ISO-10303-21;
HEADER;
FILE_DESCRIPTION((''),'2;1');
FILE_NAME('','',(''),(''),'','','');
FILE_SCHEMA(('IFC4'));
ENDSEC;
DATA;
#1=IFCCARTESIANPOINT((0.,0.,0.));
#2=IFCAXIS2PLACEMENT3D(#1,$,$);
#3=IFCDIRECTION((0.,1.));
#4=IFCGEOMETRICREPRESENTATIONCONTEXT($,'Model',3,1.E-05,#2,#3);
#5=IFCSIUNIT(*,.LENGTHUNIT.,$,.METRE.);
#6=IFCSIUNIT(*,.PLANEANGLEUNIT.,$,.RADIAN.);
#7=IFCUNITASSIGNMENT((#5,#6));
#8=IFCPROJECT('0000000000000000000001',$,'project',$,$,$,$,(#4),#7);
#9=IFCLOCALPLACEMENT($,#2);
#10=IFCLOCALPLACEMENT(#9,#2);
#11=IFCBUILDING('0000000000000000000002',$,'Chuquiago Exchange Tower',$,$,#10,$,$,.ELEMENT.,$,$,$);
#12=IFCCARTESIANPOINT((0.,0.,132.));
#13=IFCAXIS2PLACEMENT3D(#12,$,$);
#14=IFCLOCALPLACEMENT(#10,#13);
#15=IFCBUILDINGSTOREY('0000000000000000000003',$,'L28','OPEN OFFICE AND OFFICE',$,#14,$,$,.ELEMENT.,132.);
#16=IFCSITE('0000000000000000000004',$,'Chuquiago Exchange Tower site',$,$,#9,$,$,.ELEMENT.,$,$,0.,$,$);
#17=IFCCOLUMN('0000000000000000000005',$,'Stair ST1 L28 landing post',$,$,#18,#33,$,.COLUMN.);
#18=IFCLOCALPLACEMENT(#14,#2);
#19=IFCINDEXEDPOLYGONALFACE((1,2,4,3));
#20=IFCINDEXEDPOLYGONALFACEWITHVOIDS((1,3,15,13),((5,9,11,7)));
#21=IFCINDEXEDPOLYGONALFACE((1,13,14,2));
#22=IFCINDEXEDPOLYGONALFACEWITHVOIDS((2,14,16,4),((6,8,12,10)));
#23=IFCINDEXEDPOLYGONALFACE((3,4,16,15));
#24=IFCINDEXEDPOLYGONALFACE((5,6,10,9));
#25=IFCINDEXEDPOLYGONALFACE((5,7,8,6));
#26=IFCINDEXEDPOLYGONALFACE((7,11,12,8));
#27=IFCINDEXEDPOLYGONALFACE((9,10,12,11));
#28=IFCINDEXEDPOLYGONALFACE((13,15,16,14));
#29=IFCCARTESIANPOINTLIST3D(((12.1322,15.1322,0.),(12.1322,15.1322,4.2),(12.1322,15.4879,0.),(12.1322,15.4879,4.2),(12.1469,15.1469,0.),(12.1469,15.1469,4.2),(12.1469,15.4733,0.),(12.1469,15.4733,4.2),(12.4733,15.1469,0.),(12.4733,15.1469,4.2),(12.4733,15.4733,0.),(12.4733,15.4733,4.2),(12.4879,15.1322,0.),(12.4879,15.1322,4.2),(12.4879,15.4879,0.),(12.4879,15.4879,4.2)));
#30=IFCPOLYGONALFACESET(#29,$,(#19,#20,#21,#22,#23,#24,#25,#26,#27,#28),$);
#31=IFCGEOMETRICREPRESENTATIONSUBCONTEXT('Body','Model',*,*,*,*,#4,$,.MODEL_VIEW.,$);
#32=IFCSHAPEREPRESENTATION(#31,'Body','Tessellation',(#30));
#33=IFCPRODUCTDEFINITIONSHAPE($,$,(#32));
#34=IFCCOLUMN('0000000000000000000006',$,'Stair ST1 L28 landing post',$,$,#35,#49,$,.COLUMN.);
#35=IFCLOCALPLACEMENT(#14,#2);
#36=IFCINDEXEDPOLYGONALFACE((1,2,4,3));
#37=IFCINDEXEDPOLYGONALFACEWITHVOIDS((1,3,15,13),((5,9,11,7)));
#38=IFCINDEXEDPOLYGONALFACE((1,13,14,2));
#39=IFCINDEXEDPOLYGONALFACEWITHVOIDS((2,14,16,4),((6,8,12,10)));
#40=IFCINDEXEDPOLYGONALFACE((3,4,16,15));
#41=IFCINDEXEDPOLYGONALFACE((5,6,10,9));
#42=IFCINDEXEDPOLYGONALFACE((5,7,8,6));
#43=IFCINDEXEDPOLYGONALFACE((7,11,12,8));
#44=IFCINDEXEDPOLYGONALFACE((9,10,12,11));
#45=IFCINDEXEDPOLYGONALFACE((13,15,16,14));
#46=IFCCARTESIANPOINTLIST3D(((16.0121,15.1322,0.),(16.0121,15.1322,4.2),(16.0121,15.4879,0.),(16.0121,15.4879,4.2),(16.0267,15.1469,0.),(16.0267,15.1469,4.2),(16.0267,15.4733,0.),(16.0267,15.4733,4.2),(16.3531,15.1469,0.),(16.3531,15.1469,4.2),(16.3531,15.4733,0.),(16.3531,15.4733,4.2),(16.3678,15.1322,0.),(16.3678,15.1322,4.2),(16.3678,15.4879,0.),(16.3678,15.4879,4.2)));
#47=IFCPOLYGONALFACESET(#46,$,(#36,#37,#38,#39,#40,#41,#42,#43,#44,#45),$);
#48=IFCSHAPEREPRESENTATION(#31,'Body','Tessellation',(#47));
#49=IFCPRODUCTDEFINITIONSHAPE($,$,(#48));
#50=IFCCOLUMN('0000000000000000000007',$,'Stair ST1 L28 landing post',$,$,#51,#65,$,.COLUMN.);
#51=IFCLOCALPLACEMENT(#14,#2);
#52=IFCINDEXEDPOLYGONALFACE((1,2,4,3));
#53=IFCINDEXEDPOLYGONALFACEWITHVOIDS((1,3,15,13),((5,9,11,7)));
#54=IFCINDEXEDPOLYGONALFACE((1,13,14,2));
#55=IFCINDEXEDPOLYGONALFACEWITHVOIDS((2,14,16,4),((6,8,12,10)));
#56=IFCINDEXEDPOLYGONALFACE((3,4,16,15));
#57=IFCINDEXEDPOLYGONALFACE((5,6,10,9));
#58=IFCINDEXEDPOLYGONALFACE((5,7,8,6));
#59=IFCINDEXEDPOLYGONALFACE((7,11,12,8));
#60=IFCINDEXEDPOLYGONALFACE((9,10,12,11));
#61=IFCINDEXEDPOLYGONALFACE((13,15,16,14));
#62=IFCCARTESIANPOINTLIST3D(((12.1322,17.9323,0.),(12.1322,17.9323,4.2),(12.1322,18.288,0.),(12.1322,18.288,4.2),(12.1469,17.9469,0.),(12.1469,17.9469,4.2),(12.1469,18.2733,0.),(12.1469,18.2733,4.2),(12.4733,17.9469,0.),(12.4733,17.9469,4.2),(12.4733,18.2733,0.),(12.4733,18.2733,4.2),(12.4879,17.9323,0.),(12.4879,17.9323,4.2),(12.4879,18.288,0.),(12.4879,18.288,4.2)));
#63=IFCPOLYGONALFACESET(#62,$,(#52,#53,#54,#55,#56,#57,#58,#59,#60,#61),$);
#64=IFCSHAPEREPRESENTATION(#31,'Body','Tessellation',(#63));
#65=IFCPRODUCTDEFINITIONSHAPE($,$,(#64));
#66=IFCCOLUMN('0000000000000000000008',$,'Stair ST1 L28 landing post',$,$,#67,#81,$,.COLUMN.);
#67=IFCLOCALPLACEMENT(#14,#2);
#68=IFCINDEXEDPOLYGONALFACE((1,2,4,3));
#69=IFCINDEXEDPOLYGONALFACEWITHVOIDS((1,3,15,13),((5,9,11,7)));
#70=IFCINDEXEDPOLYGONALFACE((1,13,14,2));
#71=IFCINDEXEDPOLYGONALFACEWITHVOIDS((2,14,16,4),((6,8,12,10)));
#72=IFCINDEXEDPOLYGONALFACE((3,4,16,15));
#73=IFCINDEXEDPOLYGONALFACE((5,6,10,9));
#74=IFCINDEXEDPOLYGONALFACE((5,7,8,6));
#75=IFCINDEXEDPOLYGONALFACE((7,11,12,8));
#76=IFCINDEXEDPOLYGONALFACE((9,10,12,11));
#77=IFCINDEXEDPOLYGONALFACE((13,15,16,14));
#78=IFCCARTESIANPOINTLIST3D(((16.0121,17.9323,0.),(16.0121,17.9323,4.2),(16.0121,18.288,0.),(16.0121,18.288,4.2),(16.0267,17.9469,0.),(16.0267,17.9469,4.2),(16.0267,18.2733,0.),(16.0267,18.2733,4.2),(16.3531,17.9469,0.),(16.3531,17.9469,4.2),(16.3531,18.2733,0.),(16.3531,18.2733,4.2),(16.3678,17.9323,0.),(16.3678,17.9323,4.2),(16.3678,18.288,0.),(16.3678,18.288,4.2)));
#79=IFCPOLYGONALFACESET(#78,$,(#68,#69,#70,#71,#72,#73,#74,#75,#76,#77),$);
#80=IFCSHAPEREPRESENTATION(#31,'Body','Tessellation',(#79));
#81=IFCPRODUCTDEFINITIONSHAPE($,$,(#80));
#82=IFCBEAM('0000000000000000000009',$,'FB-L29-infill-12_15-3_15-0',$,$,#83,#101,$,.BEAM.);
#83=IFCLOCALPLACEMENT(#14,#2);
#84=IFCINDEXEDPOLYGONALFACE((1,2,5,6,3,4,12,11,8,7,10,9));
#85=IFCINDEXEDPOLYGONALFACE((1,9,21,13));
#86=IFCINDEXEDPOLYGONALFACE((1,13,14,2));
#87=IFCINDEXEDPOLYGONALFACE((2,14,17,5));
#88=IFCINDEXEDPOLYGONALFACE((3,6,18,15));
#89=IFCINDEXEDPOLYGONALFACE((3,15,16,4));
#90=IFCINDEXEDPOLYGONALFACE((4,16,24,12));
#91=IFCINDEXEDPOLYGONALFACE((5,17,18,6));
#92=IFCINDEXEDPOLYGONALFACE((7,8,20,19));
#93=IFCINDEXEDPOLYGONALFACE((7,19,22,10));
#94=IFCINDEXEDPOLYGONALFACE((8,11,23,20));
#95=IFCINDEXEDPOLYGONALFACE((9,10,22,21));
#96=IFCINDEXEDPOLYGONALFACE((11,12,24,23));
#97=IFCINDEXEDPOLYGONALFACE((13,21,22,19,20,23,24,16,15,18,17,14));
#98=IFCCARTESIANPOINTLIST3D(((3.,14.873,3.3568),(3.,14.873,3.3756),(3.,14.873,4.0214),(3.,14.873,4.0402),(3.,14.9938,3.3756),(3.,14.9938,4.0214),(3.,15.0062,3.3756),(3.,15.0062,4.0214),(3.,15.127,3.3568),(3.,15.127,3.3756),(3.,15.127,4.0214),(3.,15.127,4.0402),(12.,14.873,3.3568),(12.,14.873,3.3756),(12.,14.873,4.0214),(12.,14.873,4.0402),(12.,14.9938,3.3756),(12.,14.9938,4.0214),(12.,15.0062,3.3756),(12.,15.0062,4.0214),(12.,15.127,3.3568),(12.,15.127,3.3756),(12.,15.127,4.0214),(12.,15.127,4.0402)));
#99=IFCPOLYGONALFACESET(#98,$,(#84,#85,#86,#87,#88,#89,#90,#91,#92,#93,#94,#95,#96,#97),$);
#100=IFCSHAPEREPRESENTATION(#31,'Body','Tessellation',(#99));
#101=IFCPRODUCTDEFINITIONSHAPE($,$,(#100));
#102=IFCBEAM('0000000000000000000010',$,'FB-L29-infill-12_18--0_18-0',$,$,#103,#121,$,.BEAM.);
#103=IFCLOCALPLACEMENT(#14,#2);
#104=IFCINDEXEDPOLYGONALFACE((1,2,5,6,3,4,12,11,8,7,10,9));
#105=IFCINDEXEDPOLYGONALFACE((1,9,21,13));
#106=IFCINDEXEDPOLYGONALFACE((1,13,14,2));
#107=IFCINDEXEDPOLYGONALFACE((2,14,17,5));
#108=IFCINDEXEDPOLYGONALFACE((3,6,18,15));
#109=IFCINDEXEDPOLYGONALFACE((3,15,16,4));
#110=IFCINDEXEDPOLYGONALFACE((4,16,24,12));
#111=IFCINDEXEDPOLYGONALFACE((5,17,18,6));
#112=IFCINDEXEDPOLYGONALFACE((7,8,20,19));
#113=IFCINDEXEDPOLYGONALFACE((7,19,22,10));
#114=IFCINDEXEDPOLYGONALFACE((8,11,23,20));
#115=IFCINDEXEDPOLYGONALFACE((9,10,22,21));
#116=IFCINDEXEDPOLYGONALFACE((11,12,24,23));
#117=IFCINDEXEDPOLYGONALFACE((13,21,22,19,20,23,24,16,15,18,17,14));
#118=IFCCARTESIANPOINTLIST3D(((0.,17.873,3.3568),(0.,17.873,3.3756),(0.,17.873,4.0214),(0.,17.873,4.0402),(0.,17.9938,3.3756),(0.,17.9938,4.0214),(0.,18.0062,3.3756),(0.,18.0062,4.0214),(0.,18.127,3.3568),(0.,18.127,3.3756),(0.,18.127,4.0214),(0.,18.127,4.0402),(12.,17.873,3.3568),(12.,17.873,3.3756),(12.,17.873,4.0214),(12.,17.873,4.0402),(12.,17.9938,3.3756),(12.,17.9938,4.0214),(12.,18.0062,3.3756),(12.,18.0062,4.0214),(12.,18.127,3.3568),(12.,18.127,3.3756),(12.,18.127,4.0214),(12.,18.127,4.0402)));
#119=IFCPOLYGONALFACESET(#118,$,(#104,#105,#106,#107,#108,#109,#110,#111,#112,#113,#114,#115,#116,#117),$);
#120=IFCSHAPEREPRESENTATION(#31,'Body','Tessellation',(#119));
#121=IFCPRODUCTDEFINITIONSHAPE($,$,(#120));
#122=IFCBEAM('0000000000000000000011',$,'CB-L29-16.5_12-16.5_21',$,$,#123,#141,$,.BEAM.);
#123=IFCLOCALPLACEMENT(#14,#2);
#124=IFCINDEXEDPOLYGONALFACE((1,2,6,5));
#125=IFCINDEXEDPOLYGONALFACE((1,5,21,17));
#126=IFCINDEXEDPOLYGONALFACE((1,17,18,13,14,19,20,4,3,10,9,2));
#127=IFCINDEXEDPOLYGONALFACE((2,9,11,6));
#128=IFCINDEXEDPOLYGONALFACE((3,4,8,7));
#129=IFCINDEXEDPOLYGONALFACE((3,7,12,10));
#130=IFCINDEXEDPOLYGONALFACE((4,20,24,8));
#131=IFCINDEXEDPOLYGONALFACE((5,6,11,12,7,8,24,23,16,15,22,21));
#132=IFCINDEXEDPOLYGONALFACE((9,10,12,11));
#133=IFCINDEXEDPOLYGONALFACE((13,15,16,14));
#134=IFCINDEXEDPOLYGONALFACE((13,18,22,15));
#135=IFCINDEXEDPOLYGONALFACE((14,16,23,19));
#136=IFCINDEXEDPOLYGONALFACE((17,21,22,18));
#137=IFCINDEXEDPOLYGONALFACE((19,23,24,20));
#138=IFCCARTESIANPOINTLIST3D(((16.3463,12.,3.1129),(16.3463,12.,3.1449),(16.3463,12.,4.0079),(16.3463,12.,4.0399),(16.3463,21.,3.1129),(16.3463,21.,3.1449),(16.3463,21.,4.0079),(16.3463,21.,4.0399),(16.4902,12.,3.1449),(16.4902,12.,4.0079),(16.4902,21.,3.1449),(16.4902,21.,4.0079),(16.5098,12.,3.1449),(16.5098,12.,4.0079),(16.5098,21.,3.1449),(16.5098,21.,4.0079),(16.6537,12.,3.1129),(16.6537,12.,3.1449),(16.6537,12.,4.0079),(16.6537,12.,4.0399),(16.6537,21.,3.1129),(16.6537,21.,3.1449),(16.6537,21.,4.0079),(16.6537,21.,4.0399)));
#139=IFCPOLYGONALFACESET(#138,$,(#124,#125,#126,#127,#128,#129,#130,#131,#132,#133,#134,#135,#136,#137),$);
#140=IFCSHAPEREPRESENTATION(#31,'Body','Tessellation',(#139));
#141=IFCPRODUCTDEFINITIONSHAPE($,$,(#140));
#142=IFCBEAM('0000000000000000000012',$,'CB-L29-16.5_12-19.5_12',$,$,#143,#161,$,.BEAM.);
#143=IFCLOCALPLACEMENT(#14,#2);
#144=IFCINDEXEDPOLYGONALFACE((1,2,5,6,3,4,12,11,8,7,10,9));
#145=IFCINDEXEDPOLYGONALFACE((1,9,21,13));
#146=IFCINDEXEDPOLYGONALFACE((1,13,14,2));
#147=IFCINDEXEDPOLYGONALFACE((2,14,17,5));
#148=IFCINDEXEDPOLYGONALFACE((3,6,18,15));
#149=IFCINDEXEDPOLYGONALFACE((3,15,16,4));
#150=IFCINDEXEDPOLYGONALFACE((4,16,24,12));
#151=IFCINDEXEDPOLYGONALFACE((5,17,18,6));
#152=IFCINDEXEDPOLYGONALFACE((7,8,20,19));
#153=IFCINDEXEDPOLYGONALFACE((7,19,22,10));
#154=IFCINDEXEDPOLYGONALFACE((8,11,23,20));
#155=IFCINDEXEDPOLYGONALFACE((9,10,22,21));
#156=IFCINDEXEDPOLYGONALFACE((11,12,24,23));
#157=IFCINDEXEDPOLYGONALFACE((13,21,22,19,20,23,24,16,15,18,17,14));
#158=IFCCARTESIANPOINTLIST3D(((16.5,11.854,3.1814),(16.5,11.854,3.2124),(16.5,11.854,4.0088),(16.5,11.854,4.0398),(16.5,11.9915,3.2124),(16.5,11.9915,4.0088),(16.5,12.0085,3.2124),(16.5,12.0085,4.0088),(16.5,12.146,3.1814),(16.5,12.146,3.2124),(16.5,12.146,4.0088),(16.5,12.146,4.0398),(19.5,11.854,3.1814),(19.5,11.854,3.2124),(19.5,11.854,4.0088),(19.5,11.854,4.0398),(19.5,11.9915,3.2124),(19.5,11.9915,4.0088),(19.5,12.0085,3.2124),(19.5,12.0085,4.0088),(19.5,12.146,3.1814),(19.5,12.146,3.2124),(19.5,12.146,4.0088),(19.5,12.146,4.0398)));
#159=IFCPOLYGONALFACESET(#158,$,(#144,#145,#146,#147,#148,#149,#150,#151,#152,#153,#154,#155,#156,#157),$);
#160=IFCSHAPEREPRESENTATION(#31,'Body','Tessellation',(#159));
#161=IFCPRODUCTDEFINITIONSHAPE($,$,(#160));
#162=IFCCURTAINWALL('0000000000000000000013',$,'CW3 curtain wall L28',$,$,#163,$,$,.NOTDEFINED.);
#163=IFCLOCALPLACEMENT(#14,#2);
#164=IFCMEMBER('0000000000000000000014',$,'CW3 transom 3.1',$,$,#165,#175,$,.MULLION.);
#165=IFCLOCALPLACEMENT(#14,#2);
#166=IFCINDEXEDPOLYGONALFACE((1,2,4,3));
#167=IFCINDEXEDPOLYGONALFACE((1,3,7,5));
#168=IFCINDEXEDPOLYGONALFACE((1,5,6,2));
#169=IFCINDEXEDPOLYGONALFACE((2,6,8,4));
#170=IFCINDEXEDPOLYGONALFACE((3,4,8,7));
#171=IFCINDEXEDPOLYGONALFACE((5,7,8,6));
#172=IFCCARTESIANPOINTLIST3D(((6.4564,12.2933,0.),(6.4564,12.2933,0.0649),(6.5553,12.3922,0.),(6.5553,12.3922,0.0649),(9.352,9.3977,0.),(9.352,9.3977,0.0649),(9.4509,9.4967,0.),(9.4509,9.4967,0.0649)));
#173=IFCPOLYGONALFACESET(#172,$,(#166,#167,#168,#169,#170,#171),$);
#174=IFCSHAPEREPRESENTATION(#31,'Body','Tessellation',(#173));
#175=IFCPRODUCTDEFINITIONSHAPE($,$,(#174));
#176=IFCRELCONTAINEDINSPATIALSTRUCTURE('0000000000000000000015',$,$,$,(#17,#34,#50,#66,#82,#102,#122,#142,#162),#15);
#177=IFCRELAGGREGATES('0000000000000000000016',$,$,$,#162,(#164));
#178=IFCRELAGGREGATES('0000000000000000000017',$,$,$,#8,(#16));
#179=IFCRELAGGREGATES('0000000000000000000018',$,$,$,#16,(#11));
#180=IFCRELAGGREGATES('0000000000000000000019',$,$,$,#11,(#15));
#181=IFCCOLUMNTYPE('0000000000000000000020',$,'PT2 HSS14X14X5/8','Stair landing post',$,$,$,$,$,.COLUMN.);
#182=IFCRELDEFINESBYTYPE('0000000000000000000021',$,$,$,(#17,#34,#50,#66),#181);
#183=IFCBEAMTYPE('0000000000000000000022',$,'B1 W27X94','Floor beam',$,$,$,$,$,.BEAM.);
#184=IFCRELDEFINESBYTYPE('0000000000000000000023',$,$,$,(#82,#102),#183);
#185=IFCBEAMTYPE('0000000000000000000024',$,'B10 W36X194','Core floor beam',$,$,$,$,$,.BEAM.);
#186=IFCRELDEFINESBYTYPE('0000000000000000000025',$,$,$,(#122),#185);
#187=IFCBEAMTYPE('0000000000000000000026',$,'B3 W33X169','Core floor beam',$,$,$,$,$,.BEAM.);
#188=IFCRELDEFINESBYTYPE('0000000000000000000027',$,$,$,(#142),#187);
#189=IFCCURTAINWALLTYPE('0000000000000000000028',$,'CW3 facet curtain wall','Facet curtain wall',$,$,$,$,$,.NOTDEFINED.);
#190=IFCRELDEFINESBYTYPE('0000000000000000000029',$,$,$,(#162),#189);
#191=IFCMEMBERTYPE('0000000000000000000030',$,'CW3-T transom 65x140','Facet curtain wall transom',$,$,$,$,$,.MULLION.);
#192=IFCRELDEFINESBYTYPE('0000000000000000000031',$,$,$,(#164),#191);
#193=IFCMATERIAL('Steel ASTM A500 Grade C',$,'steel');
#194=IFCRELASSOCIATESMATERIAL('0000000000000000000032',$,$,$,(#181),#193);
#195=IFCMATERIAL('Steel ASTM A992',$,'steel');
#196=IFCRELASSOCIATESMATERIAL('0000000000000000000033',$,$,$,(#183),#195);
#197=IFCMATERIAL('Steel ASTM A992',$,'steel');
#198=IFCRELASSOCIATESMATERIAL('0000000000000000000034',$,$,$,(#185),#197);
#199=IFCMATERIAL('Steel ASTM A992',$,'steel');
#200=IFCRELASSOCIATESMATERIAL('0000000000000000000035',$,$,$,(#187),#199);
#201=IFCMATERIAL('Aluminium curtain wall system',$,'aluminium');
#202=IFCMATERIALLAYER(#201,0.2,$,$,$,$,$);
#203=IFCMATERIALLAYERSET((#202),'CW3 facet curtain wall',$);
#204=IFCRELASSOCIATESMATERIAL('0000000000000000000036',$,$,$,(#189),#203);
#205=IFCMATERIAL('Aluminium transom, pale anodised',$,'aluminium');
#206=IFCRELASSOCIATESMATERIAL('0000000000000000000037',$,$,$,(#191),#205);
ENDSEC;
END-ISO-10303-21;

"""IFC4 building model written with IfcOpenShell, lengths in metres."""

from ifc_helpers import new_model, si_unit, direction, frame, origin, origin_2d, place, context, subcontext, project, spatial, rectangle, hollow_rectangle, i_section, extrude, material, layer, layer_set, material_profile, profile_set, type_object, element, aggregate, save


model = new_model("IFC4")

# Units and contexts
model_context = context("Model", 3, precision=1e-05, world=origin(), true_north=direction((0.0, 1.0)))
body_context = subcontext(model_context, "Body", "Model", "MODEL_VIEW")
ifc_project = project(units=[si_unit("LENGTHUNIT", "METRE"), si_unit("PLANEANGLEUNIT", "RADIAN")], contexts=[model_context])

# Site, building, storey
site_placement = place(None, origin())
site = spatial("IfcSite", under=ifc_project, at=site_placement, Name="Chuquiago Exchange Tower site", CompositionType="ELEMENT", RefElevation=0.0)
building_placement = place(site_placement, origin())
building = spatial("IfcBuilding", under=site, at=building_placement, Name="Chuquiago Exchange Tower", CompositionType="ELEMENT")
storey_placement = place(building_placement, frame((0.0, 0.0, 132.0)))
storey = spatial("IfcBuildingStorey", under=building, at=storey_placement, Name="L28", Description="OPEN OFFICE AND OFFICE", CompositionType="ELEMENT", Elevation=132.0)

# Columns
ifc_material_1 = material(Name="Steel ASTM A500 Grade C", Category="steel")
ifc_material_profile_1 = material_profile(ifc_material_1, hollow_rectangle(XDim=0.3557, YDim=0.3557, WallThickness=0.0146, at=origin_2d()), Name="HSS14X14X5/8")
ifc_profile_set_1 = profile_set([ifc_material_profile_1], Name="Steel ASTM A500 Grade C")
column_type = type_object("IfcColumnType", Name="PT2 HSS14X14X5/8", Description="Stair landing post", PredefinedType="COLUMN", material=ifc_profile_set_1)
for number, where, z_axis, x_axis, name in (
    (1, (12.3101, 15.3101, 0.0), (0.0, 0.0, 1.0), (1.0, 0.0, 0.0), "Stair ST1 L28 landing post"),
    (2, (16.1899, 15.3101, 0.0), (0.0, 0.0, 1.0), (1.0, 0.0, 0.0), "Stair ST1 L28 landing post"),
    (3, (12.3101, 18.1101, 0.0), (0.0, 0.0, 1.0), (1.0, 0.0, 0.0), "Stair ST1 L28 landing post"),
    (4, (16.1899, 18.1101, 0.0), (0.0, 0.0, 1.0), (1.0, 0.0, 0.0), "Stair ST1 L28 landing post"),
):
    element("IfcColumn", number, at=place(storey_placement, frame(where, z_axis=z_axis, x_axis=x_axis)), inside=storey, type_object=column_type, Name=name, PredefinedType="COLUMN", context=body_context, shape_type="SweptSolid", body=[
        extrude(hollow_rectangle(XDim=0.3557, YDim=0.3557, WallThickness=0.0146, at=origin_2d()), origin(), (0.0, 0.0, 1.0), 4.2),
    ])

# Beams
ifc_material_2 = material(Name="Steel ASTM A992", Category="steel")
ifc_material_profile_2 = material_profile(ifc_material_2, i_section(OverallWidth=0.2539, OverallDepth=0.6833, WebThickness=0.0125, FlangeThickness=0.0188, at=origin_2d()), Name="W27X94")
ifc_profile_set_2 = profile_set([ifc_material_profile_2], Name="Steel ASTM A992")
beam_type_1 = type_object("IfcBeamType", Name="B1 W27X94", Description="Floor beam", PredefinedType="BEAM", material=ifc_profile_set_2)
beam_1_placement = place(storey_placement, frame((12.0, 15.0, 3.6985), z_axis=(-1.0, 0.0, 0.0), x_axis=(0.0, -1.0, 0.0)))
element("IfcBeam", 5, at=beam_1_placement, inside=storey, type_object=beam_type_1, Name="FB-L29-infill-12_15-3_15-0", PredefinedType="BEAM", context=body_context, shape_type="SweptSolid", body=[
    extrude(i_section(OverallWidth=0.2539, OverallDepth=0.6833, WebThickness=0.0125, FlangeThickness=0.0188, at=origin_2d()), origin(), (0.0, 0.0, 1.0), 9.0),
])
beam_2_placement = place(storey_placement, frame((12.0, 18.0, 3.6985), z_axis=(-1.0, 0.0, 0.0), x_axis=(0.0, -1.0, 0.0)))
element("IfcBeam", 6, at=beam_2_placement, inside=storey, type_object=beam_type_1, Name="FB-L29-infill-12_18--0_18-0", PredefinedType="BEAM", context=body_context, shape_type="SweptSolid", body=[
    extrude(i_section(OverallWidth=0.2539, OverallDepth=0.6833, WebThickness=0.0125, FlangeThickness=0.0188, at=origin_2d()), origin(), (0.0, 0.0, 1.0), 12.0),
])
ifc_material_3 = material(Name="Steel ASTM A992", Category="steel")
ifc_material_profile_3 = material_profile(ifc_material_3, i_section(OverallWidth=0.3074, OverallDepth=0.927, WebThickness=0.0195, FlangeThickness=0.032, at=origin_2d()), Name="W36X194")
ifc_profile_set_3 = profile_set([ifc_material_profile_3], Name="Steel ASTM A992")
beam_type_2 = type_object("IfcBeamType", Name="B10 W36X194", Description="Core floor beam", PredefinedType="BEAM", material=ifc_profile_set_3)
beam_3_placement = place(storey_placement, frame((16.5, 12.0, 3.5764), z_axis=(0.0, 1.0, 0.0), x_axis=(-1.0, 0.0, 0.0)))
element("IfcBeam", 7, at=beam_3_placement, inside=storey, type_object=beam_type_2, Name="CB-L29-16.5_12-16.5_21", PredefinedType="BEAM", context=body_context, shape_type="SweptSolid", body=[
    extrude(i_section(OverallWidth=0.3074, OverallDepth=0.927, WebThickness=0.0195, FlangeThickness=0.032, at=origin_2d()), origin(), (0.0, 0.0, 1.0), 9.0),
])
ifc_material_4 = material(Name="Steel ASTM A992", Category="steel")
ifc_material_profile_4 = material_profile(ifc_material_4, i_section(OverallWidth=0.292, OverallDepth=0.8584, WebThickness=0.0171, FlangeThickness=0.031, at=origin_2d()), Name="W33X169")
ifc_profile_set_4 = profile_set([ifc_material_profile_4], Name="Steel ASTM A992")
beam_type_3 = type_object("IfcBeamType", Name="B3 W33X169", Description="Core floor beam", PredefinedType="BEAM", material=ifc_profile_set_4)
beam_4_placement = place(storey_placement, frame((16.5, 12.0, 3.6106), z_axis=(1.0, 0.0, 0.0), x_axis=(0.0, 1.0, 0.0)))
element("IfcBeam", 8, at=beam_4_placement, inside=storey, type_object=beam_type_3, Name="CB-L29-16.5_12-19.5_12", PredefinedType="BEAM", context=body_context, shape_type="SweptSolid", body=[
    extrude(i_section(OverallWidth=0.292, OverallDepth=0.8584, WebThickness=0.0171, FlangeThickness=0.031, at=origin_2d()), origin(), (0.0, 0.0, 1.0), 3.0),
])

# Curtain wall, member
ifc_material_5 = material(Name="Aluminium curtain wall system", Category="aluminium")
ifc_layer_1 = layer(ifc_material_5, 0.2)
ifc_layer_set_1 = layer_set([ifc_layer_1], Name="CW3 facet curtain wall")
curtain_wall_type = type_object("IfcCurtainWallType", Name="CW3 facet curtain wall", Description="Facet curtain wall", PredefinedType="NOTDEFINED", material=ifc_layer_set_1)
curtain_wall_placement = place(storey_placement, origin())
curtain_wall = element("IfcCurtainWall", 9, at=curtain_wall_placement, inside=storey, type_object=curtain_wall_type, Name="CW3 curtain wall L28", PredefinedType="NOTDEFINED")
ifc_material_6 = material(Name="Aluminium transom, pale anodised", Category="aluminium")
ifc_material_profile_5 = material_profile(ifc_material_6, rectangle(XDim=0.1399, YDim=0.0649, at=origin_2d()), Name="AL 140x65")
ifc_profile_set_5 = profile_set([ifc_material_profile_5], Name="Aluminium transom, pale anodised")
member_type = type_object("IfcMemberType", Name="CW3-T transom 65x140", Description="Facet curtain wall transom", PredefinedType="MULLION", material=ifc_profile_set_5)
member_placement = place(storey_placement, frame((6.5059, 12.3428, 0.0325), z_axis=(0.707107, -0.707107, 0.0), x_axis=(0.707107, 0.707107, 0.0)))
member = element("IfcMember", 10, at=member_placement, type_object=member_type, Name="CW3 transom 3.1", PredefinedType="MULLION", context=body_context, shape_type="SweptSolid", body=[
    extrude(rectangle(XDim=0.1399, YDim=0.0649, at=origin_2d()), origin(), (0.0, 0.0, 1.0), 4.095),
])
aggregate(curtain_wall, [member])

save(model, "model.ifc")
